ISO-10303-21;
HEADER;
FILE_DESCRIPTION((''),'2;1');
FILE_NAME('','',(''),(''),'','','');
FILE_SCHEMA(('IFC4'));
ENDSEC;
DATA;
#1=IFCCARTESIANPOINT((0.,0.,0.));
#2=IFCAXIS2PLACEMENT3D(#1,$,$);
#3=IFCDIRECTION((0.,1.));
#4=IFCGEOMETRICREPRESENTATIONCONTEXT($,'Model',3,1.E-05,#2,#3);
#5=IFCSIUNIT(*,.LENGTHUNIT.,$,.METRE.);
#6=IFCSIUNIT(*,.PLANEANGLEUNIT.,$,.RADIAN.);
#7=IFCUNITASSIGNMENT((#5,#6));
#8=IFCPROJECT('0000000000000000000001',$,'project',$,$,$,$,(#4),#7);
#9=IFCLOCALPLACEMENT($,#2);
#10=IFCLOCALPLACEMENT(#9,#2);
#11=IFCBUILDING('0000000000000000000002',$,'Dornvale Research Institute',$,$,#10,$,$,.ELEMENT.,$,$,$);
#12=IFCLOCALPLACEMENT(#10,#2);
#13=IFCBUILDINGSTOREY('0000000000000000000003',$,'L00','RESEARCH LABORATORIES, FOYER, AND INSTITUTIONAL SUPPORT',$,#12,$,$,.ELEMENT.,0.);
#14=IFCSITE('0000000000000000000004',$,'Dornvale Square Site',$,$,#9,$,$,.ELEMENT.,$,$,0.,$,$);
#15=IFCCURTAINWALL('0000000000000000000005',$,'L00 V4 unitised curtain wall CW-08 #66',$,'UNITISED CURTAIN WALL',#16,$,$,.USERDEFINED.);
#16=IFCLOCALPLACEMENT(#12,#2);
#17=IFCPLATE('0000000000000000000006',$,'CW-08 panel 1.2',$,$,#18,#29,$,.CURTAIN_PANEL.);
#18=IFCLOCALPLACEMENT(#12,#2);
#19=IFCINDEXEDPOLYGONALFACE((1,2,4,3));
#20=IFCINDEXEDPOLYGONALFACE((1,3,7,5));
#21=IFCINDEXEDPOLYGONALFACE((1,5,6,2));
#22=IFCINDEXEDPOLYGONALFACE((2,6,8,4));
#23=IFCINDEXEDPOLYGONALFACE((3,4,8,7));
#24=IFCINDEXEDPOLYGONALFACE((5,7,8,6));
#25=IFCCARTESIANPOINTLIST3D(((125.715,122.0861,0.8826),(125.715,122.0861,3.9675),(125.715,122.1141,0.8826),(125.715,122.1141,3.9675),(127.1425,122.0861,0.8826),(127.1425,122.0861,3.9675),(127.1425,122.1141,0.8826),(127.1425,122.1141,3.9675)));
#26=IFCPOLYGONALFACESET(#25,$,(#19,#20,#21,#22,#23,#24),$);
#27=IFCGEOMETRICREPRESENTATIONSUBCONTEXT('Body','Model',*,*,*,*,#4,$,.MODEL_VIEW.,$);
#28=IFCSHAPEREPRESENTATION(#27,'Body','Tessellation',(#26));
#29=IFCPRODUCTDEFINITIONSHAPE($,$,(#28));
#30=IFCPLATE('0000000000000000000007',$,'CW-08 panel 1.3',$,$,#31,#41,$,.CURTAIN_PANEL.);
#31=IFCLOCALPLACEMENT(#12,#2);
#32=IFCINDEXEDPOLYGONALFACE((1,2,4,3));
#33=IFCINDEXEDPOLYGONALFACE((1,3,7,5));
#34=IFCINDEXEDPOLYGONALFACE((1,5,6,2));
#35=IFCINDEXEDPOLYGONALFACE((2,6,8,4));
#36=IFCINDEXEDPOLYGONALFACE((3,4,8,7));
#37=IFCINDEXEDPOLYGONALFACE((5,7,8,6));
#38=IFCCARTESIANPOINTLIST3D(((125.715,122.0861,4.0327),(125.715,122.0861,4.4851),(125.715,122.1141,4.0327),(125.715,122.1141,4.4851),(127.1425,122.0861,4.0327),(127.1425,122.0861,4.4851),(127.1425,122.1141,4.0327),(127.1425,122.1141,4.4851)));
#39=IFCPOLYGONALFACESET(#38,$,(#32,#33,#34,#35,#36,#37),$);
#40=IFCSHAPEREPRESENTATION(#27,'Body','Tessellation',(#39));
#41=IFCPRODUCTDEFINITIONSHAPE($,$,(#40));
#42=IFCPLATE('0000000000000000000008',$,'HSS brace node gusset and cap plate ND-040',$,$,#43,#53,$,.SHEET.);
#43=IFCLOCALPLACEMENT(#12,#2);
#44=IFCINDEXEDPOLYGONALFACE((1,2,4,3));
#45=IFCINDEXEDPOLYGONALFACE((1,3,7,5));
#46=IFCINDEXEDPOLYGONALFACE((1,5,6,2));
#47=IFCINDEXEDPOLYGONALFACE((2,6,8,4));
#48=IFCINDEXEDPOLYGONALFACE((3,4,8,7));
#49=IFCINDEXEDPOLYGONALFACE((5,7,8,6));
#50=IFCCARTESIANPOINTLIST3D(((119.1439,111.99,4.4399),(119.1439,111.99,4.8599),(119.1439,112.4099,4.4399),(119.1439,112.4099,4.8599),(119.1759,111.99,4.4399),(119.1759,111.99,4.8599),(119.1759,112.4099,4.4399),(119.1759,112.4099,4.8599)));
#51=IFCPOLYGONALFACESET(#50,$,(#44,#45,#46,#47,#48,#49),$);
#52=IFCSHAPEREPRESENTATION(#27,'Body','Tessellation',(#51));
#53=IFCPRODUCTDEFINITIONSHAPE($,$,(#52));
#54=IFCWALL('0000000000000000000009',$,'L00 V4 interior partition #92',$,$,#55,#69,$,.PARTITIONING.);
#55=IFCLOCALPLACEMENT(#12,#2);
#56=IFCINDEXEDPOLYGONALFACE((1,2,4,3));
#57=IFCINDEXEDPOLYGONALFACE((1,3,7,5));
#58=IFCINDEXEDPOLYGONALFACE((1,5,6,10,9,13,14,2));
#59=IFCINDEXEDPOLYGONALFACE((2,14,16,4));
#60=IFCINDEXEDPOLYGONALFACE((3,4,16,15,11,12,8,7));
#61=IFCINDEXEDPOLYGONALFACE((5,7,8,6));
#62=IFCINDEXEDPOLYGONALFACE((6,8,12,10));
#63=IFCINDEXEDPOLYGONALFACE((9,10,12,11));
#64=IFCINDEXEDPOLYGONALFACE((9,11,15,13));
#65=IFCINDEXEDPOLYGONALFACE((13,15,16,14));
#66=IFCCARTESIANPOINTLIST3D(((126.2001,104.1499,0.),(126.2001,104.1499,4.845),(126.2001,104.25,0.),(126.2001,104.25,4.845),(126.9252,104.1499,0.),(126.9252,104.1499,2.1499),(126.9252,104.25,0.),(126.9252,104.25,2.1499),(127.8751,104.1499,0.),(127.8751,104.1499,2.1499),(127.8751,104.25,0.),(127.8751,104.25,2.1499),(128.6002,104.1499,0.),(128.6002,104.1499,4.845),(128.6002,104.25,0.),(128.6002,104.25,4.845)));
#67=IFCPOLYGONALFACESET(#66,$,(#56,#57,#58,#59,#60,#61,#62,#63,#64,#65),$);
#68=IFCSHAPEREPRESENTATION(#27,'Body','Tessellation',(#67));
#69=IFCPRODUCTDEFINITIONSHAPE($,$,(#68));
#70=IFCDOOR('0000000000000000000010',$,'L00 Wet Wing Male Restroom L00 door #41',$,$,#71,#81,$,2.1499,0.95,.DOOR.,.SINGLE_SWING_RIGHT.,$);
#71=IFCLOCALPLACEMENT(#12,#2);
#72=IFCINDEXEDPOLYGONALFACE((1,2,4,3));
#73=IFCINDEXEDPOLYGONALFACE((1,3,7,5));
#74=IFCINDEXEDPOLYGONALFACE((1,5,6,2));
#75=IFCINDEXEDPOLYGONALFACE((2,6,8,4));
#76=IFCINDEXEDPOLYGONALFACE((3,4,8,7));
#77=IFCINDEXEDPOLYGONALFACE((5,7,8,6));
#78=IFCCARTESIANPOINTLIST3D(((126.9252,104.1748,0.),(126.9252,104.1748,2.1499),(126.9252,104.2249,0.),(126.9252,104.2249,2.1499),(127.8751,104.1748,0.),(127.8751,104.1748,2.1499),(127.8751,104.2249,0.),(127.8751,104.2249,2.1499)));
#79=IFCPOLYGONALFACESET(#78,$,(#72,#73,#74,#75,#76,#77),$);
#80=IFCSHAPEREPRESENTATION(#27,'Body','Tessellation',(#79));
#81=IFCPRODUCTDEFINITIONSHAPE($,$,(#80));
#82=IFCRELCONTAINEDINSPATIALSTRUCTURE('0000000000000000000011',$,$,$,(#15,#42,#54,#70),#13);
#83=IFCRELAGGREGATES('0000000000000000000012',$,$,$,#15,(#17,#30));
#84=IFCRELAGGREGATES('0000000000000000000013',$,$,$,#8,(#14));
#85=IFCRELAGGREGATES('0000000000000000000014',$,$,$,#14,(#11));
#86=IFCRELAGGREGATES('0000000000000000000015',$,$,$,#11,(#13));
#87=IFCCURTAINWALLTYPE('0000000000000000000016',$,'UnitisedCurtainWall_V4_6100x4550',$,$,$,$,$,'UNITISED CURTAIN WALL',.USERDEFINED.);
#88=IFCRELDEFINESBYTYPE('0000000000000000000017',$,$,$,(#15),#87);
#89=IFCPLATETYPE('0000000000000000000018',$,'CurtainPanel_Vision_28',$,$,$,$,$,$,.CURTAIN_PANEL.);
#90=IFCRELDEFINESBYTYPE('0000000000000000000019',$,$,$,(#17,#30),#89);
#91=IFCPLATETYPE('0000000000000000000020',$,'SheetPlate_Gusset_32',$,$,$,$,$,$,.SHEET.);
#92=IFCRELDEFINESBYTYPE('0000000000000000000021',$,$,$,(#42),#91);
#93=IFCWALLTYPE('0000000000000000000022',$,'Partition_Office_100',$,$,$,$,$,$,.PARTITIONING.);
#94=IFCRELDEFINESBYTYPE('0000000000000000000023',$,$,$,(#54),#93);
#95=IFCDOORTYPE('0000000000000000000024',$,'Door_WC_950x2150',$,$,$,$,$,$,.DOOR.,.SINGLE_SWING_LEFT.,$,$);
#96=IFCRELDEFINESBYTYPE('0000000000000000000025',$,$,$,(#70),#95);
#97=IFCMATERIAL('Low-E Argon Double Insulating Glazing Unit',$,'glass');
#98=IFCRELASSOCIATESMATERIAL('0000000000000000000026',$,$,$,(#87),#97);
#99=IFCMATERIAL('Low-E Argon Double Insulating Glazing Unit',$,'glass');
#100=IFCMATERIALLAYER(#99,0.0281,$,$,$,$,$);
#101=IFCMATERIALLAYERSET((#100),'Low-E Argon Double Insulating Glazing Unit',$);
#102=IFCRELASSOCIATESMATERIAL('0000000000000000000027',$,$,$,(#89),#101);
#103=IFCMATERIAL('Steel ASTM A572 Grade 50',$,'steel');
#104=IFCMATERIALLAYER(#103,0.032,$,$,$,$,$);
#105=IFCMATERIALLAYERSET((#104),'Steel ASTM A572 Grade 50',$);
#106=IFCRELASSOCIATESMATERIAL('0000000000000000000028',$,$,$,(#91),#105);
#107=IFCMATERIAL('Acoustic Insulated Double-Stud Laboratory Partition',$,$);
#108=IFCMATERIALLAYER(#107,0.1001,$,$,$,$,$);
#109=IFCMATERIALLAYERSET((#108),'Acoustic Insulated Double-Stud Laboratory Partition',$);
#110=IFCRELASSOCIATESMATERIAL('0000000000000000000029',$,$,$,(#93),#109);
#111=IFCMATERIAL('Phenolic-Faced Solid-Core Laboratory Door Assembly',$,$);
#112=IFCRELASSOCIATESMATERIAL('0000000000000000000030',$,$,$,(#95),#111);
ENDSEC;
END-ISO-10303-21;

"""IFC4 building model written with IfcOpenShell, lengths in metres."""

from ifc_helpers import new_model, si_unit, direction, frame, frame_2d, origin, origin_2d, place, context, subcontext, project, spatial, rectangle, extrude, material, layer, layer_set, type_object, element, fill, aggregate, save


model = new_model("IFC4")

# Units and contexts
model_context = context("Model", 3, precision=1e-05, world=origin(), true_north=direction((0.0, 1.0)))
body_context = subcontext(model_context, "Body", "Model", "MODEL_VIEW")
ifc_project = project(units=[si_unit("LENGTHUNIT", "METRE"), si_unit("PLANEANGLEUNIT", "RADIAN")], contexts=[model_context])

# Site, building, storey
site_placement = place(None, origin())
site = spatial("IfcSite", under=ifc_project, at=site_placement, Name="Dornvale Square Site", CompositionType="ELEMENT", RefElevation=0.0)
building_placement = place(site_placement, origin())
building = spatial("IfcBuilding", under=site, at=building_placement, Name="Dornvale Research Institute", CompositionType="ELEMENT")
storey_placement = place(building_placement, origin())
storey = spatial("IfcBuildingStorey", under=building, at=storey_placement, Name="L00", Description="RESEARCH LABORATORIES, FOYER, AND INSTITUTIONAL SUPPORT", CompositionType="ELEMENT", Elevation=0.0)

# Curtain wall, plates
ifc_material_1 = material(Name="Low-E Argon Double Insulating Glazing Unit", Category="glass")
curtain_wall_type = type_object("IfcCurtainWallType", Name="UnitisedCurtainWall_V4_6100x4550", ElementType="UNITISED CURTAIN WALL", PredefinedType="USERDEFINED", material=ifc_material_1)
curtain_wall_placement = place(storey_placement, origin())
curtain_wall = element("IfcCurtainWall", 1, at=curtain_wall_placement, inside=storey, type_object=curtain_wall_type, Name="L00 V4 unitised curtain wall CW-08 #66", ObjectType="UNITISED CURTAIN WALL", PredefinedType="USERDEFINED")
ifc_material_2 = material(Name="Low-E Argon Double Insulating Glazing Unit", Category="glass")
ifc_layer_1 = layer(ifc_material_2, 0.0281)
ifc_layer_set_1 = layer_set([ifc_layer_1], Name="Low-E Argon Double Insulating Glazing Unit")
plate_type_1 = type_object("IfcPlateType", Name="CurtainPanel_Vision_28", PredefinedType="CURTAIN_PANEL", material=ifc_layer_set_1)
plate_1_placement = place(storey_placement, frame((126.4287, 122.1001, 0.8826), z_axis=(0.0, 0.0, 1.0), x_axis=(1.0, 0.0, 0.0)))
plate_1 = element("IfcPlate", 2, at=plate_1_placement, type_object=plate_type_1, Name="CW-08 panel 1.2", PredefinedType="CURTAIN_PANEL", context=body_context, shape_type="SweptSolid", body=[
    extrude(rectangle(XDim=1.4275, YDim=0.0281, at=origin_2d()), origin(), (0.0, 0.0, 1.0), 3.085),
])
plate_2_placement = place(storey_placement, frame((126.4287, 122.1001, 4.0327), z_axis=(0.0, 0.0, 1.0), x_axis=(1.0, 0.0, 0.0)))
plate_2 = element("IfcPlate", 3, at=plate_2_placement, type_object=plate_type_1, Name="CW-08 panel 1.3", PredefinedType="CURTAIN_PANEL", context=body_context, shape_type="SweptSolid", body=[
    extrude(rectangle(XDim=1.4275, YDim=0.0281, at=origin_2d()), origin(), (0.0, 0.0, 1.0), 0.4524),
])
aggregate(curtain_wall, [plate_1, plate_2])

# Plate
ifc_material_3 = material(Name="Steel ASTM A572 Grade 50", Category="steel")
ifc_layer_2 = layer(ifc_material_3, 0.032)
ifc_layer_set_2 = layer_set([ifc_layer_2], Name="Steel ASTM A572 Grade 50")
plate_type_2 = type_object("IfcPlateType", Name="SheetPlate_Gusset_32", PredefinedType="SHEET", material=ifc_layer_set_2)
plate_3_placement = place(storey_placement, frame((119.1599, 112.2, 4.4399), z_axis=(0.0, 0.0, 1.0), x_axis=(0.0, 1.0, 0.0)))
element("IfcPlate", 4, at=plate_3_placement, inside=storey, type_object=plate_type_2, Name="HSS brace node gusset and cap plate ND-040", PredefinedType="SHEET", context=body_context, shape_type="SweptSolid", body=[
    extrude(rectangle(XDim=0.4199, YDim=0.032, at=origin_2d()), origin(), (0.0, 0.0, 1.0), 0.4199),
])

# Wall, opening, door
ifc_material_4 = material(Name="Acoustic Insulated Double-Stud Laboratory Partition")
ifc_layer_3 = layer(ifc_material_4, 0.1001)
ifc_layer_set_3 = layer_set([ifc_layer_3], Name="Acoustic Insulated Double-Stud Laboratory Partition")
wall_type = type_object("IfcWallType", Name="Partition_Office_100", PredefinedType="PARTITIONING", material=ifc_layer_set_3)
wall_placement = place(storey_placement, frame((126.2, 104.2, 0.0), z_axis=(0.0, 0.0, 1.0), x_axis=(1.0, 0.0, 0.0)))
wall = element("IfcWall", 5, at=wall_placement, inside=storey, type_object=wall_type, Name="L00 V4 interior partition #92", PredefinedType="PARTITIONING", context=body_context, shape_type="SweptSolid", body=[
    extrude(rectangle(XDim=2.4001, YDim=0.1001, at=frame_2d((1.2002, 0.0))), origin(), (0.0, 0.0, 1.0), 4.845),
])
opening_placement = place(wall_placement, frame((0.7251, 0.0, 0.0)))
opening = element("IfcOpeningElement", 6, at=opening_placement, cuts=wall, PredefinedType="OPENING", context=body_context, shape_type="SweptSolid", body=[
    extrude(rectangle(XDim=0.95, YDim=2.1499, at=frame_2d((0.4751, 1.075))), frame((0.0, 0.0649, 0.0), z_axis=(0.0, -1.0, 0.0), x_axis=(1.0, 0.0, 0.0)), (0.0, 0.0, 1.0), 0.1301),
])
ifc_material_5 = material(Name="Phenolic-Faced Solid-Core Laboratory Door Assembly")
door_type = type_object("IfcDoorType", Name="Door_WC_950x2150", OperationType="SINGLE_SWING_LEFT", PredefinedType="DOOR", material=ifc_material_5)
door_placement = place(opening_placement, origin())
door = element("IfcDoor", 7, at=door_placement, inside=storey, type_object=door_type, Name="L00 Wet Wing Male Restroom L00 door #41", OperationType="SINGLE_SWING_RIGHT", OverallHeight=2.1499, OverallWidth=0.95, PredefinedType="DOOR", context=body_context, shape_type="SweptSolid", body=[
    extrude(rectangle(XDim=0.95, YDim=2.1499, at=frame_2d((0.4751, 1.075))), frame((0.0, 0.0249, 0.0), z_axis=(0.0, -1.0, 0.0), x_axis=(1.0, 0.0, 0.0)), (0.0, 0.0, 1.0), 0.05),
])
fill(opening, door)

save(model, "model.ifc")
